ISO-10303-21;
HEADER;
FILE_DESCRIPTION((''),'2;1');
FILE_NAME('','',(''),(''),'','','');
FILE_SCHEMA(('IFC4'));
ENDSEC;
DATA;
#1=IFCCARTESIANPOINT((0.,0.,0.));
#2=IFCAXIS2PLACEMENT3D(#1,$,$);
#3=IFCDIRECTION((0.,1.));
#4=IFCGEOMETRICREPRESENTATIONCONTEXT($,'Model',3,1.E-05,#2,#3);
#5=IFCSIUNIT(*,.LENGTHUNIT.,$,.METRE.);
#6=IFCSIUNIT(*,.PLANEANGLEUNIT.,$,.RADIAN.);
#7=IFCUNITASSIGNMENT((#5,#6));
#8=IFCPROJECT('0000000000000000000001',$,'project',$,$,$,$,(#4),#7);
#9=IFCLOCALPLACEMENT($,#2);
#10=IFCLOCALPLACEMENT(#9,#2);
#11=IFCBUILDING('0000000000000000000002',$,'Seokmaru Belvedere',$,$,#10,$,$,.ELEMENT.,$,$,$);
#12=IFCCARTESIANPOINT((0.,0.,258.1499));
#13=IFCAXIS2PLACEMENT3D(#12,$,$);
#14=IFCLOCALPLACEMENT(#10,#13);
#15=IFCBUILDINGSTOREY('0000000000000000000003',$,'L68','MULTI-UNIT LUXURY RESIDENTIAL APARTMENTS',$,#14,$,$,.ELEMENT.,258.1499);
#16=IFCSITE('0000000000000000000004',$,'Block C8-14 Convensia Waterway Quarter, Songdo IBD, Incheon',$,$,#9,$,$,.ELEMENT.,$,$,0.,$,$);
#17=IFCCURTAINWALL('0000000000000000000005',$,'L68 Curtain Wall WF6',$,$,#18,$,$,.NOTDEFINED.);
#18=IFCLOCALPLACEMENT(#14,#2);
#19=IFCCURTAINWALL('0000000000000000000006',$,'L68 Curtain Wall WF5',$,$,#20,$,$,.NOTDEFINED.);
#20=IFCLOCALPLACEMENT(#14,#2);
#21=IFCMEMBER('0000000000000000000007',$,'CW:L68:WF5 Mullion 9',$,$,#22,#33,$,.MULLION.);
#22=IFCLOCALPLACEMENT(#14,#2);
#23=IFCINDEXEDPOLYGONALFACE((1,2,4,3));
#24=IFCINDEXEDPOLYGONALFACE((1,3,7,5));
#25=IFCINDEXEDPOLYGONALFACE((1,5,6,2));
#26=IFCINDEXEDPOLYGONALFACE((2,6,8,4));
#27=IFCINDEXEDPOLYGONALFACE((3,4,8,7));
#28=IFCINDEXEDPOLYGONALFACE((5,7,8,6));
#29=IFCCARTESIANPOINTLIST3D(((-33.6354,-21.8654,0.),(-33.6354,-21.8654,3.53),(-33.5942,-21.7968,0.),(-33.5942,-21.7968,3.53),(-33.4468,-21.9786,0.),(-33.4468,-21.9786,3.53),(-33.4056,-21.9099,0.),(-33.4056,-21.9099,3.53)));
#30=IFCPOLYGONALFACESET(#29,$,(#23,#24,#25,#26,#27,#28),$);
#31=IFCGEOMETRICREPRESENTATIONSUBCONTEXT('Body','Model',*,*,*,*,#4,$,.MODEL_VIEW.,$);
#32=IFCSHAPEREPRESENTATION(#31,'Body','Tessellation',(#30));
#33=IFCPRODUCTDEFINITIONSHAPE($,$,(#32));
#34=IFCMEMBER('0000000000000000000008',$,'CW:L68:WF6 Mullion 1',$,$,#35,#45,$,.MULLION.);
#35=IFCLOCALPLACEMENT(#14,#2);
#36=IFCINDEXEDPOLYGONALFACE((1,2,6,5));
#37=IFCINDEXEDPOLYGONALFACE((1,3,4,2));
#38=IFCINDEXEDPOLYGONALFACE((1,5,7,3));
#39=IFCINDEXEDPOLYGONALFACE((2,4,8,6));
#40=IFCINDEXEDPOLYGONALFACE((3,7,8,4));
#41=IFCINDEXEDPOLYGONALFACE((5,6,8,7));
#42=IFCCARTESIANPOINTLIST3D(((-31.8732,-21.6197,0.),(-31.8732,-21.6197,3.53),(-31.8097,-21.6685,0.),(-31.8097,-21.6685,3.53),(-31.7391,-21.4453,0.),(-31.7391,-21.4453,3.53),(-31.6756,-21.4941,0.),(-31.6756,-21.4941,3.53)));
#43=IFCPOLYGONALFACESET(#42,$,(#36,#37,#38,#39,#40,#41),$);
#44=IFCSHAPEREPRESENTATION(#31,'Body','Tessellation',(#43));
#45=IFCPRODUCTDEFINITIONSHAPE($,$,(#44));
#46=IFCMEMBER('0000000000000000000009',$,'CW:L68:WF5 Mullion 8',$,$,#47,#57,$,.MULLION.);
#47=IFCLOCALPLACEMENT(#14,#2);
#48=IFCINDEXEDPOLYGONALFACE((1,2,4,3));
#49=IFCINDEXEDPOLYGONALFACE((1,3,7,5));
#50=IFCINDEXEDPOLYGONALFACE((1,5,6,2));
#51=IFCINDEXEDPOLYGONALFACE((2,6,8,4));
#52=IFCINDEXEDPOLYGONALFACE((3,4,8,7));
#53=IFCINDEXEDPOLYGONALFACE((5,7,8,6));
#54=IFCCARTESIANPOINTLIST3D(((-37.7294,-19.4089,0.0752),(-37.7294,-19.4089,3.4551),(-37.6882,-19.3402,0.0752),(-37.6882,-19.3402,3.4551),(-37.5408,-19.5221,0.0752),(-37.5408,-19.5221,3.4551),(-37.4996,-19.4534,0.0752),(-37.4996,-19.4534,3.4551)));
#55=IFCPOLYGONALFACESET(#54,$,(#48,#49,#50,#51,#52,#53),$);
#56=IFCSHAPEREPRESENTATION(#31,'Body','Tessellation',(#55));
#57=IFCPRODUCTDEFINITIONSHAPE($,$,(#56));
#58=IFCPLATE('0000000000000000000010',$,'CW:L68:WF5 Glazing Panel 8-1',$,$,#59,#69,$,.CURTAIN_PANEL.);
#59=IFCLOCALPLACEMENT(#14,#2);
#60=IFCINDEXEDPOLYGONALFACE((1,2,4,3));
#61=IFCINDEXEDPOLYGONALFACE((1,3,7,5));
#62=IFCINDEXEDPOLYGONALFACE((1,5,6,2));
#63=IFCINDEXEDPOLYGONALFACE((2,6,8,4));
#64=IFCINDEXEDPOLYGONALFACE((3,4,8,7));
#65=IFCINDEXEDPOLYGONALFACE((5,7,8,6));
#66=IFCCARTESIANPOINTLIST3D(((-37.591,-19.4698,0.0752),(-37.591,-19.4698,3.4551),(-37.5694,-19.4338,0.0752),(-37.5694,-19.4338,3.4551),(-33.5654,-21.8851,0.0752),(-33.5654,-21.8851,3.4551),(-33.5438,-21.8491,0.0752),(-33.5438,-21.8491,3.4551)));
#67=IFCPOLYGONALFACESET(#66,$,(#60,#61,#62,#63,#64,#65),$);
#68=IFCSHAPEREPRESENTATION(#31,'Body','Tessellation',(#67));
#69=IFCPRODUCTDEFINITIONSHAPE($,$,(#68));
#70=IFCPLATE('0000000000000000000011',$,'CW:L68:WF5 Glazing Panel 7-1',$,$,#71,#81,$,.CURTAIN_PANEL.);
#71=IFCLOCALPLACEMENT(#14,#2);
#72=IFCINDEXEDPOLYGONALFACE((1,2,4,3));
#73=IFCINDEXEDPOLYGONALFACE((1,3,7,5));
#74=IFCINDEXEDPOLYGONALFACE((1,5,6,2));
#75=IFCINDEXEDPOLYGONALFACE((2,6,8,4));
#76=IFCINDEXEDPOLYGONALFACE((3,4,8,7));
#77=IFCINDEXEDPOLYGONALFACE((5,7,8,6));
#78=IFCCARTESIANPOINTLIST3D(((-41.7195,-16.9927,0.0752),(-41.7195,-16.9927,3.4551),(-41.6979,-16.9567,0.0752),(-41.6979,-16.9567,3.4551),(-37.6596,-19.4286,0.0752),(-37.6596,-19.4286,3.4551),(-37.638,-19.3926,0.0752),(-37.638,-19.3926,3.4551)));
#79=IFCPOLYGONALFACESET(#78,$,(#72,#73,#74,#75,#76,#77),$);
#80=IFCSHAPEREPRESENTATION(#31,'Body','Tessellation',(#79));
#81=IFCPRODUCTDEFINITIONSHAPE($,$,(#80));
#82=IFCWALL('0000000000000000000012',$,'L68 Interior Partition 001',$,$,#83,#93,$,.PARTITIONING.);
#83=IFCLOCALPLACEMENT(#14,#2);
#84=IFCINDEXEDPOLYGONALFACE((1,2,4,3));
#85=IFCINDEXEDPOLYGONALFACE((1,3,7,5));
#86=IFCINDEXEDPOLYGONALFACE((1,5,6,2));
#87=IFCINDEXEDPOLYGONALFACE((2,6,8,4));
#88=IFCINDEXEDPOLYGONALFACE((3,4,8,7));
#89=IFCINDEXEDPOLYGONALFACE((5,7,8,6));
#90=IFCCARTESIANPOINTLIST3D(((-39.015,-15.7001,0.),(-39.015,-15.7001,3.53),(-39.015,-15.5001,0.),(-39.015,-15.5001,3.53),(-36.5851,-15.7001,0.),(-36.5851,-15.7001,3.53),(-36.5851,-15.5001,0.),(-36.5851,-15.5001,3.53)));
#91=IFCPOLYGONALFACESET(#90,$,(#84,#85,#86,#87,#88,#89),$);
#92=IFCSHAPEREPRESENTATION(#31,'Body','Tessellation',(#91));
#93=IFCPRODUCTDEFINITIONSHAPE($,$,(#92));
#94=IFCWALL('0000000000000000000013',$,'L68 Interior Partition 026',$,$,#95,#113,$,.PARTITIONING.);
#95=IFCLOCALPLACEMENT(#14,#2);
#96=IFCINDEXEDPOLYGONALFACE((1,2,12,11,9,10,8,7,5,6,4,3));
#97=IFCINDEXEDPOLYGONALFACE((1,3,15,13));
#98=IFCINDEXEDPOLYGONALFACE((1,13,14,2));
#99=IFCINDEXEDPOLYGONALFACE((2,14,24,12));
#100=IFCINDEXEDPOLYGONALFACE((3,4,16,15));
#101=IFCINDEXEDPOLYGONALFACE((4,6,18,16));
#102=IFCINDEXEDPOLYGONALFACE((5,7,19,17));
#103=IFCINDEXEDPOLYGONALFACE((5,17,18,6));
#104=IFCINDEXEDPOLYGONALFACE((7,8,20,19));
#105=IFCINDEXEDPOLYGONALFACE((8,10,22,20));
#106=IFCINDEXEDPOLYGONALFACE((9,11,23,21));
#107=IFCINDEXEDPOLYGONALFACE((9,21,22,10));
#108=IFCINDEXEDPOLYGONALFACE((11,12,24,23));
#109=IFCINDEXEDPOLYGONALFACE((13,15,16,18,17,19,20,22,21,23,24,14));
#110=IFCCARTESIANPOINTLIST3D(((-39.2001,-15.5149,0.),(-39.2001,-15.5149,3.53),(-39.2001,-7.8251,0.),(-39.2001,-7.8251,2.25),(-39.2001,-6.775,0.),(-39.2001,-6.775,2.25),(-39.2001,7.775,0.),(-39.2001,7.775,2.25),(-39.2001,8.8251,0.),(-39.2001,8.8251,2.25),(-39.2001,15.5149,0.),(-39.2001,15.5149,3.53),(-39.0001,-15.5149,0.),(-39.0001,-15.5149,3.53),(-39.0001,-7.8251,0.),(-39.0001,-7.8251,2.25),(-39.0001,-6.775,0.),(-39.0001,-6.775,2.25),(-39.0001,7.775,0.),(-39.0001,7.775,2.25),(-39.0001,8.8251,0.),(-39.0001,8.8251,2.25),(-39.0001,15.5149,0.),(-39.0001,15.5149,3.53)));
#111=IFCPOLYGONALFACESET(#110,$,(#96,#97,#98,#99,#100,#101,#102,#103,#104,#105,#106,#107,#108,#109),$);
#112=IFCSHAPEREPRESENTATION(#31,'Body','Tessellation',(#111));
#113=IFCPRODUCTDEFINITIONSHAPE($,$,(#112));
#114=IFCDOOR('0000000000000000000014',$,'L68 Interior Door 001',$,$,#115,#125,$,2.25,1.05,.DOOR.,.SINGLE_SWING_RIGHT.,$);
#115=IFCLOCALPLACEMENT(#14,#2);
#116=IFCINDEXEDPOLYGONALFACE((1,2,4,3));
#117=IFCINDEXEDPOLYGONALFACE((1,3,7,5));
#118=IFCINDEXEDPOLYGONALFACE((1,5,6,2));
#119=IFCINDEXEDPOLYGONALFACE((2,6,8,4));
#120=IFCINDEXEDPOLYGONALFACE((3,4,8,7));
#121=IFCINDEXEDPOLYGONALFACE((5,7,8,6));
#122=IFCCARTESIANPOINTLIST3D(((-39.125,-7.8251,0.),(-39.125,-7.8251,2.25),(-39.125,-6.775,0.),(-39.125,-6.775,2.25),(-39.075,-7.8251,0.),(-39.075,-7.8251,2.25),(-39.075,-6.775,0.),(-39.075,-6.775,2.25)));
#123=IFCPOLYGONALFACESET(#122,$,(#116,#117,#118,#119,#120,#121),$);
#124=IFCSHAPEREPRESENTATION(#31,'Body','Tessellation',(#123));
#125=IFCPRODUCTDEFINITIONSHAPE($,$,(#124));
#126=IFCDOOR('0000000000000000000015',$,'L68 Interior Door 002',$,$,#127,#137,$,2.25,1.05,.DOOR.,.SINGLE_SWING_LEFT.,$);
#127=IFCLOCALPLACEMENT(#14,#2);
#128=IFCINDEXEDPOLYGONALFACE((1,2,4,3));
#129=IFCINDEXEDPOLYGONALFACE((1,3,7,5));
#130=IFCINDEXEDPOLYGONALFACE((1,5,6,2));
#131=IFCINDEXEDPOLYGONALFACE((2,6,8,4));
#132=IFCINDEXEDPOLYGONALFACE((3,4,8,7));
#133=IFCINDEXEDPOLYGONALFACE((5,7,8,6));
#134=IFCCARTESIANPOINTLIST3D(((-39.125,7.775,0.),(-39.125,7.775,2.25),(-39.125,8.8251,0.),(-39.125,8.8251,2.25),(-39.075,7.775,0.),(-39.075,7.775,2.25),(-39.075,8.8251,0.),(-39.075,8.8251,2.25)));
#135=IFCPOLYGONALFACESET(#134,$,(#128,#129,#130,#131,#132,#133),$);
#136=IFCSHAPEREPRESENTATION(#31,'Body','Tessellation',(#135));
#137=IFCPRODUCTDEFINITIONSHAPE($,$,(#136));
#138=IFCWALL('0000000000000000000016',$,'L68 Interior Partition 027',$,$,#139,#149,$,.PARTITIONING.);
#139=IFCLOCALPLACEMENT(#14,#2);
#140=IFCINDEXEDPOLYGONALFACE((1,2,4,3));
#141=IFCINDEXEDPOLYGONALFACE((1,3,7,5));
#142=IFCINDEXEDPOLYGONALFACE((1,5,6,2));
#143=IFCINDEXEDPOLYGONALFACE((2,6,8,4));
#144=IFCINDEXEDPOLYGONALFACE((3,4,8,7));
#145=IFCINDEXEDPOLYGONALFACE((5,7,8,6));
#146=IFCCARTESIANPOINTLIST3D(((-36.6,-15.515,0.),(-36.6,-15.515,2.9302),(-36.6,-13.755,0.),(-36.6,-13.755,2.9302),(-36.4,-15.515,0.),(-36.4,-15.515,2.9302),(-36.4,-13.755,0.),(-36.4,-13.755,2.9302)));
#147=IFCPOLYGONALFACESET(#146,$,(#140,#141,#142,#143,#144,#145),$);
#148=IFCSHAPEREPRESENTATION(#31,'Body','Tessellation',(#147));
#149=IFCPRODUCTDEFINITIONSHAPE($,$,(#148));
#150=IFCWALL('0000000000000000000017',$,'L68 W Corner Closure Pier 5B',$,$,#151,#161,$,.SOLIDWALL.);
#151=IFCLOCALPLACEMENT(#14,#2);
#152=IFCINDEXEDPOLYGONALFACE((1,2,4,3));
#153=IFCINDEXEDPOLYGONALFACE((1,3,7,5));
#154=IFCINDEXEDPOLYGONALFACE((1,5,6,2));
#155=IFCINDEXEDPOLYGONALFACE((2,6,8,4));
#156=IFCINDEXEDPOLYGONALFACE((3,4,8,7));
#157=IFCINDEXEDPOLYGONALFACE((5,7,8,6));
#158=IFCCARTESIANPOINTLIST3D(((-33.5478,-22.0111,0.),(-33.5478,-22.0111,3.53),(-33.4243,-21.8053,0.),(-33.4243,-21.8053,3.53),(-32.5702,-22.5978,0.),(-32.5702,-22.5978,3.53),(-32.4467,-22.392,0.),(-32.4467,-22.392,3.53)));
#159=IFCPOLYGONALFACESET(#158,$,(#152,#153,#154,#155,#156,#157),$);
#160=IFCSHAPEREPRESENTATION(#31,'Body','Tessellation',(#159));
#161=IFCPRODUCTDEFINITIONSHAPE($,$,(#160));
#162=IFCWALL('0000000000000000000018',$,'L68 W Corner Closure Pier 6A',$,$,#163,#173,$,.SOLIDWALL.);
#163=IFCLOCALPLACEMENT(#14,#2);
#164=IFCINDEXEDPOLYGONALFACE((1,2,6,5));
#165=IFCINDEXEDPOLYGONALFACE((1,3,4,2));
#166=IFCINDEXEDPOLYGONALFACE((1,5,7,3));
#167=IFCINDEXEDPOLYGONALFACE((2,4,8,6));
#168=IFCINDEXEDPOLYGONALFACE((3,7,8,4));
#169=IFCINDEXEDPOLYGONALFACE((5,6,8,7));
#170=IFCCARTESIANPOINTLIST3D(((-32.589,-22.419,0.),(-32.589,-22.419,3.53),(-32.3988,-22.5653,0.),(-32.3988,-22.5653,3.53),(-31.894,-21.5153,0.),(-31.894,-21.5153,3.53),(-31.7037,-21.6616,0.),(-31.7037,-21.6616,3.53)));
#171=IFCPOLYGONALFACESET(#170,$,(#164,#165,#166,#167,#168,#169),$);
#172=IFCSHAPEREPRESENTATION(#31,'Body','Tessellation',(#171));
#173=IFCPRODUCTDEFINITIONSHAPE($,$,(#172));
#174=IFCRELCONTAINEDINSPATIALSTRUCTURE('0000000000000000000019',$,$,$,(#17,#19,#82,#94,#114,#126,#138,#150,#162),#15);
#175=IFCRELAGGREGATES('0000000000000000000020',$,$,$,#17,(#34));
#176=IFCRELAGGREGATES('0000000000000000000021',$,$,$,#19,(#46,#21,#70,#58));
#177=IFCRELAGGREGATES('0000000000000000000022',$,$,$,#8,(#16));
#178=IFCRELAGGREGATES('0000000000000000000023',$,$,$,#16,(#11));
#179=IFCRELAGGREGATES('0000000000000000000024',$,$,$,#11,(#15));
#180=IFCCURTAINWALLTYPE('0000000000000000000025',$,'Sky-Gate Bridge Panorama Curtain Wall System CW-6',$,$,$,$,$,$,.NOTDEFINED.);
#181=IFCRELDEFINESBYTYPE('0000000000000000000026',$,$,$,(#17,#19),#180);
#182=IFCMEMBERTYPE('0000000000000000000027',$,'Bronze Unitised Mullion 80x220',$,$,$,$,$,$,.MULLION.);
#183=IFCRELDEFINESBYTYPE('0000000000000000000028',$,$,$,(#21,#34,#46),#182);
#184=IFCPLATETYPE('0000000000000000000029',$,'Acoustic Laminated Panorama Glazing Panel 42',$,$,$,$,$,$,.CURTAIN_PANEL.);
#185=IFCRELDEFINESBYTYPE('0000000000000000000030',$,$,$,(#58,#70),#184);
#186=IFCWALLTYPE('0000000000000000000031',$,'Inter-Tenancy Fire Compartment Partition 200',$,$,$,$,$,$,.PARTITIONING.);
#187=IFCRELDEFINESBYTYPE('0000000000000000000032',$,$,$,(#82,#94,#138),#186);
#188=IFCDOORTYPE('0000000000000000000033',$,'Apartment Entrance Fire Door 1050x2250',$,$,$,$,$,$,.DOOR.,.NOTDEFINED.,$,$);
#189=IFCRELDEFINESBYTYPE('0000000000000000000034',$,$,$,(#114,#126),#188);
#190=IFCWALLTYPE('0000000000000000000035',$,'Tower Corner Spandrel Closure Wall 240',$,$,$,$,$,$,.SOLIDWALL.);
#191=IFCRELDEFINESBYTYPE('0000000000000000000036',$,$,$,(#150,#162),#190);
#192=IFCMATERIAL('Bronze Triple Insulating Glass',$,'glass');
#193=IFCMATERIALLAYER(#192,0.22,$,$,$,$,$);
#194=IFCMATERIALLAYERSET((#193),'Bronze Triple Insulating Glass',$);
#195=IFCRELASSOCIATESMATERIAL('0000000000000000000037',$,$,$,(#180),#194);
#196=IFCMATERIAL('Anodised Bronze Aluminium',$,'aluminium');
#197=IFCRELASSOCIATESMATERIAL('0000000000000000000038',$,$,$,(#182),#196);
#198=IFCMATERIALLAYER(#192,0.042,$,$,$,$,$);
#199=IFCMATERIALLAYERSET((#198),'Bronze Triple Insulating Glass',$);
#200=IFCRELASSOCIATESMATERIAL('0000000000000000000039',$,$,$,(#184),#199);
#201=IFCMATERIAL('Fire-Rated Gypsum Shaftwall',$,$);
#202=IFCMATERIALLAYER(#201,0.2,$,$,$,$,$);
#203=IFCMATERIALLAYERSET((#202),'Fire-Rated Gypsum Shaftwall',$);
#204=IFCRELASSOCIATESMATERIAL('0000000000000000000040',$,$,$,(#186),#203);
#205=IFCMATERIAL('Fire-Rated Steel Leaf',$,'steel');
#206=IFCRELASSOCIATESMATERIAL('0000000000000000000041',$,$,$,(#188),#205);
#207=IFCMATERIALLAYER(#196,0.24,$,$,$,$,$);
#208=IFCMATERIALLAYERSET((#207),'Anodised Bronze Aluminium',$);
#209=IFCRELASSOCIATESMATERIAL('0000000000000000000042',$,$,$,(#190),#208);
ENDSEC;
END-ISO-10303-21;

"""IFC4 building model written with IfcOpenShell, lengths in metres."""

from ifc_helpers import new_model, si_unit, direction, frame, frame_2d, origin, origin_2d, place, context, subcontext, project, spatial, rectangle, extrude, source, transform, mapped, material, layer, layer_set, material_profile, profile_set, type_object, type_shapes, element, fill, aggregate, save


model = new_model("IFC4")

# Units and contexts
model_context = context("Model", 3, precision=1e-05, world=origin(), true_north=direction((0.0, 1.0)))
body_context = subcontext(model_context, "Body", "Model", "MODEL_VIEW")
ifc_project = project(units=[si_unit("LENGTHUNIT", "METRE"), si_unit("PLANEANGLEUNIT", "RADIAN")], contexts=[model_context])

# Site, building, storey
site_placement = place(None, origin())
site = spatial("IfcSite", under=ifc_project, at=site_placement, Name="Block C8-14 Convensia Waterway Quarter, Songdo IBD, Incheon", CompositionType="ELEMENT", RefElevation=0.0)
building_placement = place(site_placement, origin())
building = spatial("IfcBuilding", under=site, at=building_placement, Name="Seokmaru Belvedere", CompositionType="ELEMENT")
storey_placement = place(building_placement, frame((0.0, 0.0, 258.1499)))
storey = spatial("IfcBuildingStorey", under=building, at=storey_placement, Name="L68", Description="MULTI-UNIT LUXURY RESIDENTIAL APARTMENTS", CompositionType="ELEMENT", Elevation=258.1499)

# Curtain wall
ifc_material_1 = material(Name="Bronze Triple Insulating Glass", Category="glass")
ifc_layer_1 = layer(ifc_material_1, 0.22)
ifc_layer_set_1 = layer_set([ifc_layer_1], Name="Bronze Triple Insulating Glass")
curtain_wall_type = type_object("IfcCurtainWallType", Name="Sky-Gate Bridge Panorama Curtain Wall System CW-6", PredefinedType="NOTDEFINED", material=ifc_layer_set_1)
curtain_wall_1_placement = place(storey_placement, origin())
curtain_wall_1 = element("IfcCurtainWall", 1, at=curtain_wall_1_placement, inside=storey, type_object=curtain_wall_type, Name="L68 Curtain Wall WF6", PredefinedType="NOTDEFINED")
ifc_material_2 = material(Name="Anodised Bronze Aluminium", Category="aluminium")

# Curtain wall, member
curtain_wall_2_placement = place(storey_placement, origin())
curtain_wall_2 = element("IfcCurtainWall", 2, at=curtain_wall_2_placement, inside=storey, type_object=curtain_wall_type, Name="L68 Curtain Wall WF5", PredefinedType="NOTDEFINED")
ifc_material_profile_1 = material_profile(ifc_material_2, rectangle(XDim=0.0801, YDim=0.22, at=origin_2d()), Name="CW-M-80x220")
ifc_profile_set_1 = profile_set([ifc_material_profile_1], Name="Anodised Bronze Aluminium")
member_type_1 = type_object("IfcMemberType", Name="Bronze Unitised Mullion 80x220", PredefinedType="MULLION", material=ifc_profile_set_1)
shared_shape_1 = source(origin(), body_context, "Body", "SweptSolid", [
    extrude(rectangle(XDim=0.0801, YDim=0.22, at=origin_2d()), origin(), (0.0, 0.0, 1.0), 3.53),
])
member_1_placement = place(storey_placement, frame((-33.5205, -21.8877, 0.0), z_axis=(0.0, 0.0, 1.0), x_axis=(0.514495, 0.857493, 0.0)))
member_1 = element("IfcMember", 3, at=member_1_placement, type_object=member_type_1, Name="CW:L68:WF5 Mullion 9", PredefinedType="MULLION", context=body_context, shape_type="MappedRepresentation", body=[
    mapped(shared_shape_1, transform((0.0, 0.0, 0.0), scale=1.0)),
])

# Members
member_2_placement = place(storey_placement, frame((-31.7744, -21.5569, 0.0), z_axis=(0.0, 0.0, 1.0), x_axis=(-0.792631, 0.609701, 0.0)))
member_2 = element("IfcMember", 4, at=member_2_placement, type_object=member_type_1, Name="CW:L68:WF6 Mullion 1", PredefinedType="MULLION", context=body_context, shape_type="MappedRepresentation", body=[
    mapped(shared_shape_1, transform((0.0, 0.0, 0.0), scale=1.0)),
])
aggregate(curtain_wall_1, [member_2])
shared_shape_2 = source(origin(), body_context, "Body", "SweptSolid", [
    extrude(rectangle(XDim=0.0801, YDim=0.22, at=origin_2d()), origin(), (0.0, 0.0, 1.0), 3.3799),
])
type_shapes(member_type_1, [shared_shape_1, shared_shape_2])
member_3_placement = place(storey_placement, frame((-37.6145, -19.4312, 0.0752), z_axis=(0.0, 0.0, 1.0), x_axis=(0.514495, 0.857493, 0.0)))
member_3 = element("IfcMember", 5, at=member_3_placement, type_object=member_type_1, Name="CW:L68:WF5 Mullion 8", PredefinedType="MULLION", context=body_context, shape_type="MappedRepresentation", body=[
    mapped(shared_shape_2, transform((0.0, 0.0, 0.0), scale=1.0)),
])

# Plates
ifc_layer_2 = layer(ifc_material_1, 0.042)
ifc_layer_set_2 = layer_set([ifc_layer_2], Name="Bronze Triple Insulating Glass")
plate_type = type_object("IfcPlateType", Name="Acoustic Laminated Panorama Glazing Panel 42", PredefinedType="CURTAIN_PANEL", material=ifc_layer_set_2)
shared_shape_3 = source(origin(), body_context, "Body", "SweptSolid", [
    extrude(rectangle(XDim=4.6946, YDim=0.042, at=origin_2d()), origin(), (0.0, 0.0, 1.0), 3.3799),
])
plate_1_placement = place(storey_placement, frame((-35.5674, -20.6594, 0.0752), z_axis=(0.0, 0.0, 1.0), x_axis=(0.857493, -0.514495, 0.0)))
plate_1 = element("IfcPlate", 6, at=plate_1_placement, type_object=plate_type, Name="CW:L68:WF5 Glazing Panel 8-1", PredefinedType="CURTAIN_PANEL", context=body_context, shape_type="MappedRepresentation", body=[
    mapped(shared_shape_3, transform((0.0, 0.0, 0.0), scale=1.0)),
])
shared_shape_4 = source(origin(), body_context, "Body", "SweptSolid", [
    extrude(rectangle(XDim=4.7346, YDim=0.042, at=origin_2d()), origin(), (0.0, 0.0, 1.0), 3.3799),
])
type_shapes(plate_type, [shared_shape_3, shared_shape_4])
plate_2_placement = place(storey_placement, frame((-39.6787, -18.1926, 0.0752), z_axis=(0.0, 0.0, 1.0), x_axis=(0.857493, -0.514495, 0.0)))
plate_2 = element("IfcPlate", 7, at=plate_2_placement, type_object=plate_type, Name="CW:L68:WF5 Glazing Panel 7-1", PredefinedType="CURTAIN_PANEL", context=body_context, shape_type="MappedRepresentation", body=[
    mapped(shared_shape_4, transform((0.0, 0.0, 0.0), scale=1.0)),
])
aggregate(curtain_wall_2, [member_3, member_1, plate_2, plate_1])

# Wall
ifc_material_3 = material(Name="Fire-Rated Gypsum Shaftwall")
ifc_layer_3 = layer(ifc_material_3, 0.2)
ifc_layer_set_3 = layer_set([ifc_layer_3], Name="Fire-Rated Gypsum Shaftwall")
wall_type_1 = type_object("IfcWallType", Name="Inter-Tenancy Fire Compartment Partition 200", PredefinedType="PARTITIONING", material=ifc_layer_set_3)
wall_1_placement = place(storey_placement, frame((-39.0149, -15.6001, 0.0), z_axis=(0.0, 0.0, 1.0), x_axis=(1.0, 0.0, 0.0)))
element("IfcWall", 8, at=wall_1_placement, inside=storey, type_object=wall_type_1, Name="L68 Interior Partition 001", PredefinedType="PARTITIONING", context=body_context, shape_type="SweptSolid", body=[
    extrude(rectangle(XDim=2.4299, YDim=0.2, at=frame_2d((1.2148, 0.0))), origin(), (0.0, 0.0, 1.0), 3.53),
])

# Wall, openings, doors
wall_2_placement = place(storey_placement, frame((-39.1001, -15.5149, 0.0), z_axis=(0.0, 0.0, 1.0), x_axis=(0.0, 1.0, 0.0)))
wall_2 = element("IfcWall", 9, at=wall_2_placement, inside=storey, type_object=wall_type_1, Name="L68 Interior Partition 026", PredefinedType="PARTITIONING", context=body_context, shape_type="SweptSolid", body=[
    extrude(rectangle(XDim=31.0298, YDim=0.2, at=frame_2d((15.5149, 0.0))), origin(), (0.0, 0.0, 1.0), 3.53),
])
opening_1_placement = place(wall_2_placement, frame((7.6899, 0.0, 0.0)))
opening_1 = element("IfcOpeningElement", 10, at=opening_1_placement, cuts=wall_2, PredefinedType="OPENING", context=body_context, shape_type="SweptSolid", body=[
    extrude(rectangle(XDim=1.05, YDim=2.25, at=frame_2d((0.5249, 1.125))), frame((0.0, 0.1099, 0.0), z_axis=(0.0, -1.0, 0.0), x_axis=(1.0, 0.0, 0.0)), (0.0, 0.0, 1.0), 0.22),
])
opening_2_placement = place(wall_2_placement, frame((23.29, 0.0, 0.0)))
opening_2 = element("IfcOpeningElement", 11, at=opening_2_placement, cuts=wall_2, PredefinedType="OPENING", context=body_context, shape_type="SweptSolid", body=[
    extrude(rectangle(XDim=1.05, YDim=2.25, at=frame_2d((0.5249, 1.125))), frame((0.0, 0.1099, 0.0), z_axis=(0.0, -1.0, 0.0), x_axis=(1.0, 0.0, 0.0)), (0.0, 0.0, 1.0), 0.22),
])
ifc_material_4 = material(Name="Fire-Rated Steel Leaf", Category="steel")
door_type_1 = type_object("IfcDoorType", Name="Apartment Entrance Fire Door 1050x2250", OperationType="NOTDEFINED", PredefinedType="DOOR", material=ifc_material_4)
shared_shape_5 = source(origin(), body_context, "Body", "SweptSolid", [
    extrude(rectangle(XDim=1.05, YDim=2.25, at=frame_2d((0.5249, 1.125))), frame((0.0, 0.0249, 0.0), z_axis=(0.0, -1.0, 0.0), x_axis=(1.0, 0.0, 0.0)), (0.0, 0.0, 1.0), 0.05),
])
type_shapes(door_type_1, [shared_shape_5])
door_1_placement = place(opening_1_placement, origin())
door_1 = element("IfcDoor", 12, at=door_1_placement, inside=storey, type_object=door_type_1, Name="L68 Interior Door 001", OperationType="SINGLE_SWING_RIGHT", OverallHeight=2.25, OverallWidth=1.05, PredefinedType="DOOR", context=body_context, shape_type="MappedRepresentation", body=[
    mapped(shared_shape_5, transform((0.0, 0.0, 0.0), scale=1.0)),
])
fill(opening_1, door_1)
door_2_placement = place(opening_2_placement, origin())
door_2 = element("IfcDoor", 13, at=door_2_placement, inside=storey, type_object=door_type_1, Name="L68 Interior Door 002", OperationType="SINGLE_SWING_LEFT", OverallHeight=2.25, OverallWidth=1.05, PredefinedType="DOOR", context=body_context, shape_type="MappedRepresentation", body=[
    mapped(shared_shape_5, transform((0.0, 0.0, 0.0), scale=1.0)),
])
fill(opening_2, door_2)

# Walls
wall_3_placement = place(storey_placement, frame((-36.5, -15.5149, 0.0), z_axis=(0.0, 0.0, 1.0), x_axis=(0.0, 1.0, 0.0)))
element("IfcWall", 14, at=wall_3_placement, inside=storey, type_object=wall_type_1, Name="L68 Interior Partition 027", PredefinedType="PARTITIONING", context=body_context, shape_type="SweptSolid", body=[
    extrude(rectangle(XDim=1.76, YDim=0.2, at=frame_2d((0.8799, 0.0))), origin(), (0.0, 0.0, 1.0), 2.9302),
])
ifc_layer_4 = layer(ifc_material_2, 0.24)
ifc_layer_set_4 = layer_set([ifc_layer_4], Name="Anodised Bronze Aluminium")
wall_type_2 = type_object("IfcWallType", Name="Tower Corner Spandrel Closure Wall 240", PredefinedType="SOLIDWALL", material=ifc_layer_set_4)
for number, where, z_axis, x_axis, name in (
    (15, (-33.4861, -21.9082, 0.0), (0.0, 0.0, 1.0), (0.857436, -0.51459, 0.0), "L68 W Corner Closure Pier 5B"),
    (16, (-32.4939, -22.4922, 0.0), (0.0, 0.0, 1.0), (0.609618, 0.792696, 0.0), "L68 W Corner Closure Pier 6A"),
):
    element("IfcWall", number, at=place(storey_placement, frame(where, z_axis=z_axis, x_axis=x_axis)), inside=storey, type_object=wall_type_2, Name=name, PredefinedType="SOLIDWALL", context=body_context, shape_type="SweptSolid", body=[
        extrude(rectangle(XDim=1.1401, YDim=0.24, at=frame_2d((0.5701, 0.0))), origin(), (0.0, 0.0, 1.0), 3.53),
    ])

save(model, "model.ifc")
